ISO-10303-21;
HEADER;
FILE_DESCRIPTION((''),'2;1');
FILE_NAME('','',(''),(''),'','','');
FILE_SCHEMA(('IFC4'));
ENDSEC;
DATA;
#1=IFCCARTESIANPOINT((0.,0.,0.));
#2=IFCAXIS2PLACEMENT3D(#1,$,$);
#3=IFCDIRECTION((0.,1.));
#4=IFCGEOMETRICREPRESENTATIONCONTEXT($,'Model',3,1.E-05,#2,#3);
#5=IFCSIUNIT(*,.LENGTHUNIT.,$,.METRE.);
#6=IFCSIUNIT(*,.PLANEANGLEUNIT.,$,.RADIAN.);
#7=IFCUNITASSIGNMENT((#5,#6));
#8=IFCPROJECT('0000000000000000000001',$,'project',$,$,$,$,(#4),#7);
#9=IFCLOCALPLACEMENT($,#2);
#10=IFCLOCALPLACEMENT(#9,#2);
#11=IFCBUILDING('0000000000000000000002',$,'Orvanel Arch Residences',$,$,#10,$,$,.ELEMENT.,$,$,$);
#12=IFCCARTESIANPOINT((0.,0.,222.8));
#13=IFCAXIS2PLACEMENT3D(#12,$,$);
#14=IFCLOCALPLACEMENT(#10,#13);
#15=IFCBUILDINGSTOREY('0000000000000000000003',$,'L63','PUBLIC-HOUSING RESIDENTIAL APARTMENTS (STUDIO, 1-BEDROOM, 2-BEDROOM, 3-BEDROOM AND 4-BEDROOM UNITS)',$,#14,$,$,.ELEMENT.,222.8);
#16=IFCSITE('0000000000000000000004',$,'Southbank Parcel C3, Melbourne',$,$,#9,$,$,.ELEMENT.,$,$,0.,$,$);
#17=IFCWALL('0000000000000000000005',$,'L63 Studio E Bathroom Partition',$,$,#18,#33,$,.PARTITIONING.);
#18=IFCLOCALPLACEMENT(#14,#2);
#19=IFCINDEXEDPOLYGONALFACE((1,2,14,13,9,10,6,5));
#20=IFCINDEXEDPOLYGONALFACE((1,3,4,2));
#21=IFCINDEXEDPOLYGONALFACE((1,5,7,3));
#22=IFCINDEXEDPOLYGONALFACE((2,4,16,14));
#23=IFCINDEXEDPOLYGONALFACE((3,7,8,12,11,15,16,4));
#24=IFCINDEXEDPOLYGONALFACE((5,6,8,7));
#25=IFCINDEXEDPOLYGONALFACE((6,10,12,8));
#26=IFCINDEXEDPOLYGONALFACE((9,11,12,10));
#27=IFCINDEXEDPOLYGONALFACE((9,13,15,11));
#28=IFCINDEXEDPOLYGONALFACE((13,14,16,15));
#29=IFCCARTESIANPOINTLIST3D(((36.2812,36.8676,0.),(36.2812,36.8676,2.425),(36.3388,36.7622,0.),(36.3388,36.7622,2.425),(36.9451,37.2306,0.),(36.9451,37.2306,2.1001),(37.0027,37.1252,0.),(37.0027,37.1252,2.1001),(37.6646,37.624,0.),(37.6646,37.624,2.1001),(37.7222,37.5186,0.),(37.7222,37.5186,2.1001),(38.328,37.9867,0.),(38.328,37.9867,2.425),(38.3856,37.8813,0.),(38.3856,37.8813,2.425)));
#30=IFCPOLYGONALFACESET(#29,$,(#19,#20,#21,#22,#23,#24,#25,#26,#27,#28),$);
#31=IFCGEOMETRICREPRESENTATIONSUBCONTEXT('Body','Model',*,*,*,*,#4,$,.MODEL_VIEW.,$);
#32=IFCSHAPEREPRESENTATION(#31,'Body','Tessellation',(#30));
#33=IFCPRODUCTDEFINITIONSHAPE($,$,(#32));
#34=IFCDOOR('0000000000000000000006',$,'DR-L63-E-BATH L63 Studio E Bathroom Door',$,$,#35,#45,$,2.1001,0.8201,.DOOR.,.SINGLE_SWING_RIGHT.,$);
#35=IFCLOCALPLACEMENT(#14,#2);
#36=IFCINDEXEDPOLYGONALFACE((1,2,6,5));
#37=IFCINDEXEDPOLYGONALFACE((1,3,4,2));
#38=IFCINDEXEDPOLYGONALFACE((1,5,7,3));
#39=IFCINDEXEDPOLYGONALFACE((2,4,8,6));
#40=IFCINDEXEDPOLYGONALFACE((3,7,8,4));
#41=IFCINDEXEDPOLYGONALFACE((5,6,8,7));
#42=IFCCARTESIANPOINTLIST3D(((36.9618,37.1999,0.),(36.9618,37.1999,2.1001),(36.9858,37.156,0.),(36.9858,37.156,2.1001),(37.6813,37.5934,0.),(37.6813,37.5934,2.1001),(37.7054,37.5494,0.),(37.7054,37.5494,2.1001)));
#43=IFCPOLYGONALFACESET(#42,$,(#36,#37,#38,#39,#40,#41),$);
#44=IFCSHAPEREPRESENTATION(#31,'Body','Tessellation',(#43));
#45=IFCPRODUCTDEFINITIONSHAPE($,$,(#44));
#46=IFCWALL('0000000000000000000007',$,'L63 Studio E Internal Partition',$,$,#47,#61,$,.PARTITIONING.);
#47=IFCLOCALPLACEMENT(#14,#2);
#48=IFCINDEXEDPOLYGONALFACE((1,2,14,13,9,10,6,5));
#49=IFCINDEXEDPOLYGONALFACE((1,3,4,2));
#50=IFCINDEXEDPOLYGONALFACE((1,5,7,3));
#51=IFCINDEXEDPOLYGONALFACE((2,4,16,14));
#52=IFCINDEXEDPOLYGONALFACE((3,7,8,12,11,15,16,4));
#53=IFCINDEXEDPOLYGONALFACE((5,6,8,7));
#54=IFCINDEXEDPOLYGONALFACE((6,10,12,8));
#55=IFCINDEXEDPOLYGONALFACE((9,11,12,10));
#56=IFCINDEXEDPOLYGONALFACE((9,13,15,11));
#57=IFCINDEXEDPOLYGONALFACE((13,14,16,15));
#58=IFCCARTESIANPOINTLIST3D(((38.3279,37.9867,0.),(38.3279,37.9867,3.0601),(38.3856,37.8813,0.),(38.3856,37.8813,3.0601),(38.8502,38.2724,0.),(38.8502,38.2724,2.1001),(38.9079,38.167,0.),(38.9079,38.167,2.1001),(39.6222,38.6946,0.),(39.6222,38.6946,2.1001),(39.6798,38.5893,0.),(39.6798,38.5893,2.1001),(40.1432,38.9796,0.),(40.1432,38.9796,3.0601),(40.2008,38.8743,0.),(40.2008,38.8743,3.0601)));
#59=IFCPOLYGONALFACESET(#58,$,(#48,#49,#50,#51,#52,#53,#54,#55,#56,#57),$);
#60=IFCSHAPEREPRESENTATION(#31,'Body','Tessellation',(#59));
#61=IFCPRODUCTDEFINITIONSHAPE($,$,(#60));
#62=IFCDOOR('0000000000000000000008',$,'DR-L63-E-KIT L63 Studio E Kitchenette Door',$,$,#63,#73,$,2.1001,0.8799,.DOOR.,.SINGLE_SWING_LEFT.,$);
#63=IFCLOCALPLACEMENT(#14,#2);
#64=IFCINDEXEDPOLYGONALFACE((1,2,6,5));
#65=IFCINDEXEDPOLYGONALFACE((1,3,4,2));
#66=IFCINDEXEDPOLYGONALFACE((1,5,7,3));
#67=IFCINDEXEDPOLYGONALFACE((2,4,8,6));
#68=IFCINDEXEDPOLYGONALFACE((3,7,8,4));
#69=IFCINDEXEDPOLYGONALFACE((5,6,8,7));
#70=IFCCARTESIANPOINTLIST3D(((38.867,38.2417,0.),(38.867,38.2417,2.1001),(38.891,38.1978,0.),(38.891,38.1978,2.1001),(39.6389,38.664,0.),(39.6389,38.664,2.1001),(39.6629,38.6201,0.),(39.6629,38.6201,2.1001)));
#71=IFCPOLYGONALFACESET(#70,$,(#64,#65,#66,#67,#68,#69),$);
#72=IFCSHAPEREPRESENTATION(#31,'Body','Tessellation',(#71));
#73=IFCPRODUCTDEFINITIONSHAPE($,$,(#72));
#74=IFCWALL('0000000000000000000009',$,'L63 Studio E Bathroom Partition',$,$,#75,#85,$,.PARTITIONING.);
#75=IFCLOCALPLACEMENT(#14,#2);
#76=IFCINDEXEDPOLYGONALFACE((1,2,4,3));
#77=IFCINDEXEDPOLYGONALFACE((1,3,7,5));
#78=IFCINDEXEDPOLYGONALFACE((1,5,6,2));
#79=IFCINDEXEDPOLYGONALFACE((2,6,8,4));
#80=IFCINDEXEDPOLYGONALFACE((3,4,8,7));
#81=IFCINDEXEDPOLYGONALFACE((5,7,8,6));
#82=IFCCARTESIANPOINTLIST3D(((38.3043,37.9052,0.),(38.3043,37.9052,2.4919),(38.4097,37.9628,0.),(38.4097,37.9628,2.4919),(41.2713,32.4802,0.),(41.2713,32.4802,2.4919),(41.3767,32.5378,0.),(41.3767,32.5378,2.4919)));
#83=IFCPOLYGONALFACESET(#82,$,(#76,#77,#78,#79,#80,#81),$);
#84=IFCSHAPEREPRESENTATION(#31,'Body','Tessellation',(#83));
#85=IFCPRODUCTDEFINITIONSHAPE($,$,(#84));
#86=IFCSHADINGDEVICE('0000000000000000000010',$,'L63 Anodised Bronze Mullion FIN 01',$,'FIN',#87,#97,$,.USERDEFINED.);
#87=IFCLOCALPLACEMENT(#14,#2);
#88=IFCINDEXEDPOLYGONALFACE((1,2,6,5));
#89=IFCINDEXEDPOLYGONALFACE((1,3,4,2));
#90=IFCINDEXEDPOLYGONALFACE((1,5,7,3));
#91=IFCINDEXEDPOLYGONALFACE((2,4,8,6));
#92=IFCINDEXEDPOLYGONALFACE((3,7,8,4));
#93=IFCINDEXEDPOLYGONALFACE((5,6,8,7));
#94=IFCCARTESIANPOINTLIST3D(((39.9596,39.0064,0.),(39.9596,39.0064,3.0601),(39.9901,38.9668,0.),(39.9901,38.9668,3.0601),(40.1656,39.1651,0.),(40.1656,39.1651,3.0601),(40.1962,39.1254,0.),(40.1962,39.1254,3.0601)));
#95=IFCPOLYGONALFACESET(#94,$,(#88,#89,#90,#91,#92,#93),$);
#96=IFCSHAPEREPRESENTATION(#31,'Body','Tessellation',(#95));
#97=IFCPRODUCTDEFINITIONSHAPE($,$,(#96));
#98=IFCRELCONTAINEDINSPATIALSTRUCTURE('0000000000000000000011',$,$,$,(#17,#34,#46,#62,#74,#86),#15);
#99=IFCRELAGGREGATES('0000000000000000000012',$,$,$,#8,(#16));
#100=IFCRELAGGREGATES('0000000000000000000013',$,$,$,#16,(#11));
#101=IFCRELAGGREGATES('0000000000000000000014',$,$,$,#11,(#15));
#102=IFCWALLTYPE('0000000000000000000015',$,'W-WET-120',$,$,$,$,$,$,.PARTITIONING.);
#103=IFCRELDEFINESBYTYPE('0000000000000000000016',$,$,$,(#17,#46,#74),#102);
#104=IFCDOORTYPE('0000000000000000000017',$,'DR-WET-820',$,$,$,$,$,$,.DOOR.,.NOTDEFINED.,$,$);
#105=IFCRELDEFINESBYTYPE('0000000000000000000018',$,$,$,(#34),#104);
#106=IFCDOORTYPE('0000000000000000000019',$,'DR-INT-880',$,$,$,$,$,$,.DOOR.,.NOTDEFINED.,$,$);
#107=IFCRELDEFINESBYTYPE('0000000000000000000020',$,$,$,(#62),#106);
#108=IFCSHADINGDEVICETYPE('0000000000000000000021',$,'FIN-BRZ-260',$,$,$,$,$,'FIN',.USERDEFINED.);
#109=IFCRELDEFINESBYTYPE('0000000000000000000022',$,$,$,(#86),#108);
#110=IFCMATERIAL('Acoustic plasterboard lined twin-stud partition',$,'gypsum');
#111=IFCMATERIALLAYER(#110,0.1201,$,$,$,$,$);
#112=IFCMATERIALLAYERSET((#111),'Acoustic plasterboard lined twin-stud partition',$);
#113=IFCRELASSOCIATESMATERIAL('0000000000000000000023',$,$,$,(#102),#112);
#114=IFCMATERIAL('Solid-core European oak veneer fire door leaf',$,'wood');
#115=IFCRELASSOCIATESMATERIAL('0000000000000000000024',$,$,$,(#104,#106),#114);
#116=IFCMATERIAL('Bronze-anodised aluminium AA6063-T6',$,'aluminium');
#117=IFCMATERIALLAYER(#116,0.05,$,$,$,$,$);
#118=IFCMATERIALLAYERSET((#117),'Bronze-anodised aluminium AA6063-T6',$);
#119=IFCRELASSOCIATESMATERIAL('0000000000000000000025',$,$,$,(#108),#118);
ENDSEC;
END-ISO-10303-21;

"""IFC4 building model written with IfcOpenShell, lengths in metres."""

from ifc_helpers import new_model, si_unit, direction, frame, frame_2d, origin, origin_2d, place, context, subcontext, project, spatial, rectangle, extrude, material, layer, layer_set, type_object, element, fill, save


model = new_model("IFC4")

# Units and contexts
model_context = context("Model", 3, precision=1e-05, world=origin(), true_north=direction((0.0, 1.0)))
body_context = subcontext(model_context, "Body", "Model", "MODEL_VIEW")
ifc_project = project(units=[si_unit("LENGTHUNIT", "METRE"), si_unit("PLANEANGLEUNIT", "RADIAN")], contexts=[model_context])

# Site, building, storey
site_placement = place(None, origin())
site = spatial("IfcSite", under=ifc_project, at=site_placement, Name="Southbank Parcel C3, Melbourne", CompositionType="ELEMENT", RefElevation=0.0)
building_placement = place(site_placement, origin())
building = spatial("IfcBuilding", under=site, at=building_placement, Name="Orvanel Arch Residences", CompositionType="ELEMENT")
storey_placement = place(building_placement, frame((0.0, 0.0, 222.8)))
storey = spatial("IfcBuildingStorey", under=building, at=storey_placement, Name="L63", Description="PUBLIC-HOUSING RESIDENTIAL APARTMENTS (STUDIO, 1-BEDROOM, 2-BEDROOM, 3-BEDROOM AND 4-BEDROOM UNITS)", CompositionType="ELEMENT", Elevation=222.8)

# Shared definitions
ifc_material_1 = material(Name="Bronze-anodised aluminium AA6063-T6", Category="aluminium")

# Walls, openings, doors
ifc_material_2 = material(Name="Acoustic plasterboard lined twin-stud partition", Category="gypsum")
ifc_layer_1 = layer(ifc_material_2, 0.1201)
ifc_layer_set_1 = layer_set([ifc_layer_1], Name="Acoustic plasterboard lined twin-stud partition")
wall_type_1 = type_object("IfcWallType", Name="W-WET-120", PredefinedType="PARTITIONING", material=ifc_layer_set_1)
wall_1_placement = place(storey_placement, frame((38.3569, 37.9341, 0.0), z_axis=(0.0, 0.0, 1.0), x_axis=(-0.877415, -0.479732, 0.0)))
wall_1 = element("IfcWall", 1, at=wall_1_placement, inside=storey, type_object=wall_type_1, Name="L63 Studio E Bathroom Partition", PredefinedType="PARTITIONING", context=body_context, shape_type="SweptSolid", body=[
    extrude(rectangle(XDim=2.3328, YDim=0.1201, at=frame_2d((1.1665, 0.0))), origin(), (0.0, 0.0, 1.0), 2.425),
])
opening_1_placement = place(wall_1_placement, frame((0.7561, 0.0, 0.0)))
opening_1 = element("IfcOpeningElement", 2, at=opening_1_placement, cuts=wall_1, PredefinedType="OPENING", context=body_context, shape_type="SweptSolid", body=[
    extrude(rectangle(XDim=0.8201, YDim=2.1001, at=frame_2d((0.4102, 1.05))), frame((0.0, 0.0701, 0.0), z_axis=(0.0, -1.0, 0.0), x_axis=(1.0, 0.0, 0.0)), (0.0, 0.0, 1.0), 0.1401),
])
ifc_material_3 = material(Name="Solid-core European oak veneer fire door leaf", Category="wood")
door_type_1 = type_object("IfcDoorType", Name="DR-WET-820", OperationType="NOTDEFINED", PredefinedType="DOOR", material=ifc_material_3)
door_1_placement = place(opening_1_placement, origin())
door_1 = element("IfcDoor", 3, at=door_1_placement, inside=storey, type_object=door_type_1, Name="DR-L63-E-BATH L63 Studio E Bathroom Door", OperationType="SINGLE_SWING_RIGHT", OverallHeight=2.1001, OverallWidth=0.8201, PredefinedType="DOOR", context=body_context, shape_type="SweptSolid", body=[
    extrude(rectangle(XDim=0.8201, YDim=2.1001, at=frame_2d((0.4102, 1.05))), frame((0.0, 0.0249, 0.0), z_axis=(0.0, -1.0, 0.0), x_axis=(1.0, 0.0, 0.0)), (0.0, 0.0, 1.0), 0.05),
])
fill(opening_1, door_1)
wall_2_placement = place(storey_placement, frame((40.1721, 38.927, 0.0), z_axis=(0.0, 0.0, 1.0), x_axis=(-0.877322, -0.479902, 0.0)))
wall_2 = element("IfcWall", 4, at=wall_2_placement, inside=storey, type_object=wall_type_1, Name="L63 Studio E Internal Partition", PredefinedType="PARTITIONING", context=body_context, shape_type="SweptSolid", body=[
    extrude(rectangle(XDim=2.0691, YDim=0.1201, at=frame_2d((1.0347, 0.0))), origin(), (0.0, 0.0, 1.0), 3.0601),
])
opening_2_placement = place(wall_2_placement, frame((0.594, 0.0, 0.0)))
opening_2 = element("IfcOpeningElement", 5, at=opening_2_placement, cuts=wall_2, PredefinedType="OPENING", context=body_context, shape_type="SweptSolid", body=[
    extrude(rectangle(XDim=0.8799, YDim=2.1001, at=frame_2d((0.4399, 1.05))), frame((0.0, 0.0701, 0.0), z_axis=(0.0, -1.0, 0.0), x_axis=(1.0, 0.0, 0.0)), (0.0, 0.0, 1.0), 0.1401),
])
door_type_2 = type_object("IfcDoorType", Name="DR-INT-880", OperationType="NOTDEFINED", PredefinedType="DOOR", material=ifc_material_3)
door_2_placement = place(opening_2_placement, origin())
door_2 = element("IfcDoor", 6, at=door_2_placement, inside=storey, type_object=door_type_2, Name="DR-L63-E-KIT L63 Studio E Kitchenette Door", OperationType="SINGLE_SWING_LEFT", OverallHeight=2.1001, OverallWidth=0.8799, PredefinedType="DOOR", context=body_context, shape_type="SweptSolid", body=[
    extrude(rectangle(XDim=0.8799, YDim=2.1001, at=frame_2d((0.4399, 1.05))), frame((0.0, 0.0249, 0.0), z_axis=(0.0, -1.0, 0.0), x_axis=(1.0, 0.0, 0.0)), (0.0, 0.0, 1.0), 0.05),
])
fill(opening_2, door_2)

# Wall
wall_3_placement = place(storey_placement, frame((38.3569, 37.9341, 0.0), z_axis=(0.0, 0.0, 1.0), x_axis=(0.479839, -0.877356, 0.0)))
element("IfcWall", 7, at=wall_3_placement, inside=storey, type_object=wall_type_1, Name="L63 Studio E Bathroom Partition", PredefinedType="PARTITIONING", context=body_context, shape_type="SweptSolid", body=[
    extrude(rectangle(XDim=6.1833, YDim=0.1201, at=frame_2d((3.0918, 0.0))), origin(), (0.0, 0.0, 1.0), 2.4919),
])

# Shading device
ifc_layer_2 = layer(ifc_material_1, 0.05)
ifc_layer_set_2 = layer_set([ifc_layer_2], Name="Bronze-anodised aluminium AA6063-T6")
shading_device_type = type_object("IfcShadingDeviceType", Name="FIN-BRZ-260", ElementType="FIN", PredefinedType="USERDEFINED", material=ifc_layer_set_2)
shading_device_placement = place(storey_placement, frame((40.0779, 39.0659, 0.0), z_axis=(0.0, 0.0, 1.0), x_axis=(0.79229, 0.610145, 0.0)))
element("IfcShadingDevice", 8, at=shading_device_placement, inside=storey, type_object=shading_device_type, Name="L63 Anodised Bronze Mullion FIN 01", ObjectType="FIN", PredefinedType="USERDEFINED", context=body_context, shape_type="SweptSolid", body=[
    extrude(rectangle(XDim=0.26, YDim=0.05, at=origin_2d()), origin(), (0.0, 0.0, 1.0), 3.0601),
])

save(model, "model.ifc")
